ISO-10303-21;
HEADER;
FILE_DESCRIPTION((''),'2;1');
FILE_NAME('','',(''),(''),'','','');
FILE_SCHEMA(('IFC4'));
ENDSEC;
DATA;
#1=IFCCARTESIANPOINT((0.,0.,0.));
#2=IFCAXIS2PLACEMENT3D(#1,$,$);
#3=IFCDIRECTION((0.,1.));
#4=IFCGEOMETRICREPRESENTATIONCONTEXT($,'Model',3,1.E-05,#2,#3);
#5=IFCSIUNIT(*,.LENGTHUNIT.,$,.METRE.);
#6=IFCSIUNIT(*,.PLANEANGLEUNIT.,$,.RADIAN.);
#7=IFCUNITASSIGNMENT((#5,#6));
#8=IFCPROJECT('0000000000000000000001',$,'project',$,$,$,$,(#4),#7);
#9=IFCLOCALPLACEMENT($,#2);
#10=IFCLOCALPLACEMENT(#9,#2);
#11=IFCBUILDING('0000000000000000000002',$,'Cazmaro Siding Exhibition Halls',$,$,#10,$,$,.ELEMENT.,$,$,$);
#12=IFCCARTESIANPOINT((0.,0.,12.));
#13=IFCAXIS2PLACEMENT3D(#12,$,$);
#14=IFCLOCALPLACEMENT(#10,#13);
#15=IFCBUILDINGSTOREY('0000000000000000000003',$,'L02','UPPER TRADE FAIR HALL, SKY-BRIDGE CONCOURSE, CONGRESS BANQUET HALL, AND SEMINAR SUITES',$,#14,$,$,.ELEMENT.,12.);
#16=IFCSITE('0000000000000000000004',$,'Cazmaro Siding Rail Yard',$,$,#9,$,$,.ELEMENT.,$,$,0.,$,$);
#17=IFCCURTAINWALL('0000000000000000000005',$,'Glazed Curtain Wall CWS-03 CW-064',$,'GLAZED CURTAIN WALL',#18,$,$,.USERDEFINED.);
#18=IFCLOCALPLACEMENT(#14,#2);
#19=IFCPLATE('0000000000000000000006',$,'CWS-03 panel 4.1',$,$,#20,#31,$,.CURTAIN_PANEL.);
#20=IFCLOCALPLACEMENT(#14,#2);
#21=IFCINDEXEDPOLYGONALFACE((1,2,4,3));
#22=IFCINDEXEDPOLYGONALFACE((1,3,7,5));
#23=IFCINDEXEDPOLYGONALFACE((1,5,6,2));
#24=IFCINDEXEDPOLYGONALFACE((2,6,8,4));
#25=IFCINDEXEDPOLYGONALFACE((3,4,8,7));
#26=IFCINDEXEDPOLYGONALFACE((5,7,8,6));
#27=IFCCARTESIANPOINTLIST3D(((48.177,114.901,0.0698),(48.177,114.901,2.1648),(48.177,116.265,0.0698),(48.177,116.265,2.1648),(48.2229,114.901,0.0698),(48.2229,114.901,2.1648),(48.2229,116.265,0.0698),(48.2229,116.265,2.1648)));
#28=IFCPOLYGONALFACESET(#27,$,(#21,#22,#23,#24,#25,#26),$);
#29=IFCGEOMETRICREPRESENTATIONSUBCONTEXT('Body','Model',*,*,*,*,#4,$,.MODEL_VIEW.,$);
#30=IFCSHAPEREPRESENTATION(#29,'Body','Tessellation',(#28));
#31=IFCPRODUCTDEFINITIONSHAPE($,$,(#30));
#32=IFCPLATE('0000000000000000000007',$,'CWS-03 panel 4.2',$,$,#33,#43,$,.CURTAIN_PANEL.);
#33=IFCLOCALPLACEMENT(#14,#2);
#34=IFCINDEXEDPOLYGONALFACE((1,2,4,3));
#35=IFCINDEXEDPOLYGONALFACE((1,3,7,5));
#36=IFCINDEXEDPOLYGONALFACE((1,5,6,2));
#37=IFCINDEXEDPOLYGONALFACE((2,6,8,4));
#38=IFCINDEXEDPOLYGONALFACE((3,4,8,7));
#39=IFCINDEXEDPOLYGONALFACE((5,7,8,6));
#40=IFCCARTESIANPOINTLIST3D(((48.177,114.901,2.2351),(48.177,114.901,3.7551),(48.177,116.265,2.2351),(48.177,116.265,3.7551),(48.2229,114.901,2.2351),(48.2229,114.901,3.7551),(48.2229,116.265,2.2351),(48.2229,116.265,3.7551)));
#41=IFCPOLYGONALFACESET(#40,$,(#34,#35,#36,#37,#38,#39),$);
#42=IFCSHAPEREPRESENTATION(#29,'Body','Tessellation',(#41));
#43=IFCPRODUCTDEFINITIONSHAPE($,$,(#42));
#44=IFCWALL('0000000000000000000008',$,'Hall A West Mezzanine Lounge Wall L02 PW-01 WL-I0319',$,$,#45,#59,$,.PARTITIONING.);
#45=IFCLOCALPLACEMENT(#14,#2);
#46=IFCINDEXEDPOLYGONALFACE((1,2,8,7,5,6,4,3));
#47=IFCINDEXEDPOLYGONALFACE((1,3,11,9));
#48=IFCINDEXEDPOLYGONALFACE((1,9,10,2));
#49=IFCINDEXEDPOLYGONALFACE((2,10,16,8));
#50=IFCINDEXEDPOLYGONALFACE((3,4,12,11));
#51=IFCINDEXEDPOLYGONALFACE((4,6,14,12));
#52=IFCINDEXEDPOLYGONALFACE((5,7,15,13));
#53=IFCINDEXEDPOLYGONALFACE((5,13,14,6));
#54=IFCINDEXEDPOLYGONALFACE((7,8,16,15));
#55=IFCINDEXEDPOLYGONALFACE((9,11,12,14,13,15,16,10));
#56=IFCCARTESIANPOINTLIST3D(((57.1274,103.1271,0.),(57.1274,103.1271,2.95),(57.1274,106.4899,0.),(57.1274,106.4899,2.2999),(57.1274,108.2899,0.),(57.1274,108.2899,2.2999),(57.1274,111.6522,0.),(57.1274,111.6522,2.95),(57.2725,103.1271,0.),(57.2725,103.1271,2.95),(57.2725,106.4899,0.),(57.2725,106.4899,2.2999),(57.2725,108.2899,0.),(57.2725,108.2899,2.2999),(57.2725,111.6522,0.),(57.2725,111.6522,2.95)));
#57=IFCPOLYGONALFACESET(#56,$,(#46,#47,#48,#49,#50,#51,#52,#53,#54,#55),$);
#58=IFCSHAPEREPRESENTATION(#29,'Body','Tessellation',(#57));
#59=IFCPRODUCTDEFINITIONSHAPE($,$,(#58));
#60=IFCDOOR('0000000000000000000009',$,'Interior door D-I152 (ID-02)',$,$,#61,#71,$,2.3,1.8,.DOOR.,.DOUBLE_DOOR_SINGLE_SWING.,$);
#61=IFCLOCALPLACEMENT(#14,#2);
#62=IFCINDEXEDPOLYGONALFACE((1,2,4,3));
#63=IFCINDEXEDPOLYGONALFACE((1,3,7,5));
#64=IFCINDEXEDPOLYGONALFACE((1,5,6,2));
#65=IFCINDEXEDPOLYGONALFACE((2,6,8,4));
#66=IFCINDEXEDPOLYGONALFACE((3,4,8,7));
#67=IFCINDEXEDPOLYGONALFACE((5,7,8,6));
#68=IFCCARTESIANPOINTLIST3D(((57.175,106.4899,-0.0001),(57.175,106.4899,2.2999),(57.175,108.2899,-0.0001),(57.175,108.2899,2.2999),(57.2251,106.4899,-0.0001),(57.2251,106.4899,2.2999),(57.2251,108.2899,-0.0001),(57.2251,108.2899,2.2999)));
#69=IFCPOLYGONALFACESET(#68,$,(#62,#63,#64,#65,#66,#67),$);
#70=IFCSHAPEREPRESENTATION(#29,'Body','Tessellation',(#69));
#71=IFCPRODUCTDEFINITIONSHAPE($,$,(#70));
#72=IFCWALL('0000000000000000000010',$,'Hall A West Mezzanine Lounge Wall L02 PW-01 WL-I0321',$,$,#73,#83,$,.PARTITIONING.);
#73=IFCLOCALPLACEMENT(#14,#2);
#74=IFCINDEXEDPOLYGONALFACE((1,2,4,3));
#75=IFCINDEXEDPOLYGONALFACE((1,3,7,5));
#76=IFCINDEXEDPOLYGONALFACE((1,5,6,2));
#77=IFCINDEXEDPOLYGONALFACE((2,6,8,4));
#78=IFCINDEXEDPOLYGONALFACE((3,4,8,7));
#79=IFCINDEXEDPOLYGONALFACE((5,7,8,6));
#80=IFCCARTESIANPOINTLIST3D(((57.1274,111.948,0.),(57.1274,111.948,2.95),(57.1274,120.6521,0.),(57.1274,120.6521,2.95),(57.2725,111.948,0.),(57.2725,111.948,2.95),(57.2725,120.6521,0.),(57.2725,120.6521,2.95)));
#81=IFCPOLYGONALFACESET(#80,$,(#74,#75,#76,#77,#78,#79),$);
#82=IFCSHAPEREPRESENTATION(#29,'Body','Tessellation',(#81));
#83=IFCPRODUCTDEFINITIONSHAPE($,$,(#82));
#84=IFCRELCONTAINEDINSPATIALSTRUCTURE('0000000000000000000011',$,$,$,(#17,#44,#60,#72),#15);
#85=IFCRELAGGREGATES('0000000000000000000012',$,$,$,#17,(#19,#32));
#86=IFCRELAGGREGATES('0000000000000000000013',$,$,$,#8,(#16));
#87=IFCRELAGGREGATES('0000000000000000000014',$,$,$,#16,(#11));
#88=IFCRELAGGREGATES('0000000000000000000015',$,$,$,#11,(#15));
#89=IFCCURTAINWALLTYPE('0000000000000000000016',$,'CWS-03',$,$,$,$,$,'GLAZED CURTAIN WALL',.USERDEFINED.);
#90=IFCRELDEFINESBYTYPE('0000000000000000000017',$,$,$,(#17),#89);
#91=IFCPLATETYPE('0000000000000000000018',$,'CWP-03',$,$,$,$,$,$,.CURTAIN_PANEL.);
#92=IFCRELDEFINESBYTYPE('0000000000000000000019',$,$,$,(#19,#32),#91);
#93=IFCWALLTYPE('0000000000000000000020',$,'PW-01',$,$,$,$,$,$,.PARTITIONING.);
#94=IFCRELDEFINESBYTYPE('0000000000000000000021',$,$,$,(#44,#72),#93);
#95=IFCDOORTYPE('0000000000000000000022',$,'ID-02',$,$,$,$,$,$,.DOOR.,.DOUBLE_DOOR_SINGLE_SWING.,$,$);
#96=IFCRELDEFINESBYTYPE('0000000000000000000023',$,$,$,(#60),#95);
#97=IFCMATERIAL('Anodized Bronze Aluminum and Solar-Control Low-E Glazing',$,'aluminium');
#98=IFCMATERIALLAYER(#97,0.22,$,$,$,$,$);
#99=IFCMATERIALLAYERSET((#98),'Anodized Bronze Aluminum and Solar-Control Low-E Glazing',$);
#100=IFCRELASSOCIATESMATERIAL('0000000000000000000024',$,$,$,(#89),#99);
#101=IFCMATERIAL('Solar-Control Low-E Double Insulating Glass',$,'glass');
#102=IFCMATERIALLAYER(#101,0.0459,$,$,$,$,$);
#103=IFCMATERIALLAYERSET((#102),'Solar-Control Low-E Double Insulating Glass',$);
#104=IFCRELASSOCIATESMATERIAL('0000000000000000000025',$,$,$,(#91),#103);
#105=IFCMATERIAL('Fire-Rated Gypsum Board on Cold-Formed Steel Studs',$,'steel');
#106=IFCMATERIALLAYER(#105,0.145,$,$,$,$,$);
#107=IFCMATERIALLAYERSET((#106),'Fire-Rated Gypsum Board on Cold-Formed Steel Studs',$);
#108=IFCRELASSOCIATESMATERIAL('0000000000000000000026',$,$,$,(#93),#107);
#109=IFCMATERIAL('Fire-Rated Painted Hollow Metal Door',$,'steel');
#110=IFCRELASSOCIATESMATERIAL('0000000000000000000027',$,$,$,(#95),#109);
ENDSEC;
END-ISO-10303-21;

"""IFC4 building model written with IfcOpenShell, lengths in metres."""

from ifc_helpers import new_model, si_unit, direction, frame, frame_2d, origin, origin_2d, place, context, subcontext, project, spatial, rectangle, extrude, material, layer, layer_set, type_object, element, fill, aggregate, save


model = new_model("IFC4")

# Units and contexts
model_context = context("Model", 3, precision=1e-05, world=origin(), true_north=direction((0.0, 1.0)))
body_context = subcontext(model_context, "Body", "Model", "MODEL_VIEW")
ifc_project = project(units=[si_unit("LENGTHUNIT", "METRE"), si_unit("PLANEANGLEUNIT", "RADIAN")], contexts=[model_context])

# Site, building, storey
site_placement = place(None, origin())
site = spatial("IfcSite", under=ifc_project, at=site_placement, Name="Cazmaro Siding Rail Yard", CompositionType="ELEMENT", RefElevation=0.0)
building_placement = place(site_placement, origin())
building = spatial("IfcBuilding", under=site, at=building_placement, Name="Cazmaro Siding Exhibition Halls", CompositionType="ELEMENT")
storey_placement = place(building_placement, frame((0.0, 0.0, 12.0)))
storey = spatial("IfcBuildingStorey", under=building, at=storey_placement, Name="L02", Description="UPPER TRADE FAIR HALL, SKY-BRIDGE CONCOURSE, CONGRESS BANQUET HALL, AND SEMINAR SUITES", CompositionType="ELEMENT", Elevation=12.0)

# Curtain wall
ifc_material_1 = material(Name="Anodized Bronze Aluminum and Solar-Control Low-E Glazing", Category="aluminium")
ifc_layer_1 = layer(ifc_material_1, 0.22)
ifc_layer_set_1 = layer_set([ifc_layer_1], Name="Anodized Bronze Aluminum and Solar-Control Low-E Glazing")
curtain_wall_type = type_object("IfcCurtainWallType", Name="CWS-03", ElementType="GLAZED CURTAIN WALL", PredefinedType="USERDEFINED", material=ifc_layer_set_1)
curtain_wall_placement = place(storey_placement, origin())
curtain_wall = element("IfcCurtainWall", 1, at=curtain_wall_placement, inside=storey, type_object=curtain_wall_type, Name="Glazed Curtain Wall CWS-03 CW-064", ObjectType="GLAZED CURTAIN WALL", PredefinedType="USERDEFINED")

# Plates
ifc_material_2 = material(Name="Solar-Control Low-E Double Insulating Glass", Category="glass")
ifc_layer_2 = layer(ifc_material_2, 0.0459)
ifc_layer_set_2 = layer_set([ifc_layer_2], Name="Solar-Control Low-E Double Insulating Glass")
plate_type = type_object("IfcPlateType", Name="CWP-03", PredefinedType="CURTAIN_PANEL", material=ifc_layer_set_2)
plate_1_placement = place(storey_placement, frame((48.2, 115.583, 0.0698), z_axis=(0.0, 0.0, 1.0), x_axis=(0.0, -1.0, 0.0)))
plate_1 = element("IfcPlate", 2, at=plate_1_placement, type_object=plate_type, Name="CWS-03 panel 4.1", PredefinedType="CURTAIN_PANEL", context=body_context, shape_type="SweptSolid", body=[
    extrude(rectangle(XDim=1.364, YDim=0.0459, at=origin_2d()), origin(), (0.0, 0.0, 1.0), 2.095),
])
plate_2_placement = place(storey_placement, frame((48.2, 115.583, 2.2351), z_axis=(0.0, 0.0, 1.0), x_axis=(0.0, -1.0, 0.0)))
plate_2 = element("IfcPlate", 3, at=plate_2_placement, type_object=plate_type, Name="CWS-03 panel 4.2", PredefinedType="CURTAIN_PANEL", context=body_context, shape_type="SweptSolid", body=[
    extrude(rectangle(XDim=1.364, YDim=0.0459, at=origin_2d()), origin(), (0.0, 0.0, 1.0), 1.52),
])
aggregate(curtain_wall, [plate_1, plate_2])

# Wall, opening, door
ifc_material_3 = material(Name="Fire-Rated Gypsum Board on Cold-Formed Steel Studs", Category="steel")
ifc_layer_3 = layer(ifc_material_3, 0.145)
ifc_layer_set_3 = layer_set([ifc_layer_3], Name="Fire-Rated Gypsum Board on Cold-Formed Steel Studs")
wall_type = type_object("IfcWallType", Name="PW-01", PredefinedType="PARTITIONING", material=ifc_layer_set_3)
wall_1_placement = place(storey_placement, frame((57.2, 103.127, 0.0), z_axis=(0.0, 0.0, 1.0), x_axis=(0.0, 1.0, 0.0)))
wall_1 = element("IfcWall", 4, at=wall_1_placement, inside=storey, type_object=wall_type, Name="Hall A West Mezzanine Lounge Wall L02 PW-01 WL-I0319", PredefinedType="PARTITIONING", context=body_context, shape_type="SweptSolid", body=[
    extrude(rectangle(XDim=8.5251, YDim=0.145, at=frame_2d((4.2627, 0.0))), origin(), (0.0, 0.0, 1.0), 2.95),
])
opening_placement = place(wall_1_placement, frame((3.363, 0.0, 0.0)))
opening = element("IfcOpeningElement", 5, at=opening_placement, cuts=wall_1, PredefinedType="OPENING", context=body_context, shape_type="SweptSolid", body=[
    extrude(rectangle(XDim=1.8, YDim=2.3, at=frame_2d((0.8999, 1.1499))), frame((0.0, 0.0825, 0.0), z_axis=(0.0, -1.0, 0.0), x_axis=(1.0, 0.0, 0.0)), (0.0, 0.0, 1.0), 0.165),
])
ifc_material_4 = material(Name="Fire-Rated Painted Hollow Metal Door", Category="steel")
door_type = type_object("IfcDoorType", Name="ID-02", OperationType="DOUBLE_DOOR_SINGLE_SWING", PredefinedType="DOOR", material=ifc_material_4)
door_placement = place(opening_placement, origin())
door = element("IfcDoor", 6, at=door_placement, inside=storey, type_object=door_type, Name="Interior door D-I152 (ID-02)", OperationType="DOUBLE_DOOR_SINGLE_SWING", OverallHeight=2.3, OverallWidth=1.8, PredefinedType="DOOR", context=body_context, shape_type="SweptSolid", body=[
    extrude(rectangle(XDim=1.8, YDim=2.3, at=frame_2d((0.8999, 1.1499))), frame((0.0, 0.0249, 0.0), z_axis=(0.0, -1.0, 0.0), x_axis=(1.0, 0.0, 0.0)), (0.0, 0.0, 1.0), 0.05),
])
fill(opening, door)

# Wall
wall_2_placement = place(storey_placement, frame((57.2, 111.948, 0.0), z_axis=(0.0, 0.0, 1.0), x_axis=(0.0, 1.0, 0.0)))
element("IfcWall", 7, at=wall_2_placement, inside=storey, type_object=wall_type, Name="Hall A West Mezzanine Lounge Wall L02 PW-01 WL-I0321", PredefinedType="PARTITIONING", context=body_context, shape_type="SweptSolid", body=[
    extrude(rectangle(XDim=8.7041, YDim=0.145, at=frame_2d((4.3521, 0.0))), origin(), (0.0, 0.0, 1.0), 2.95),
])

save(model, "model.ifc")
